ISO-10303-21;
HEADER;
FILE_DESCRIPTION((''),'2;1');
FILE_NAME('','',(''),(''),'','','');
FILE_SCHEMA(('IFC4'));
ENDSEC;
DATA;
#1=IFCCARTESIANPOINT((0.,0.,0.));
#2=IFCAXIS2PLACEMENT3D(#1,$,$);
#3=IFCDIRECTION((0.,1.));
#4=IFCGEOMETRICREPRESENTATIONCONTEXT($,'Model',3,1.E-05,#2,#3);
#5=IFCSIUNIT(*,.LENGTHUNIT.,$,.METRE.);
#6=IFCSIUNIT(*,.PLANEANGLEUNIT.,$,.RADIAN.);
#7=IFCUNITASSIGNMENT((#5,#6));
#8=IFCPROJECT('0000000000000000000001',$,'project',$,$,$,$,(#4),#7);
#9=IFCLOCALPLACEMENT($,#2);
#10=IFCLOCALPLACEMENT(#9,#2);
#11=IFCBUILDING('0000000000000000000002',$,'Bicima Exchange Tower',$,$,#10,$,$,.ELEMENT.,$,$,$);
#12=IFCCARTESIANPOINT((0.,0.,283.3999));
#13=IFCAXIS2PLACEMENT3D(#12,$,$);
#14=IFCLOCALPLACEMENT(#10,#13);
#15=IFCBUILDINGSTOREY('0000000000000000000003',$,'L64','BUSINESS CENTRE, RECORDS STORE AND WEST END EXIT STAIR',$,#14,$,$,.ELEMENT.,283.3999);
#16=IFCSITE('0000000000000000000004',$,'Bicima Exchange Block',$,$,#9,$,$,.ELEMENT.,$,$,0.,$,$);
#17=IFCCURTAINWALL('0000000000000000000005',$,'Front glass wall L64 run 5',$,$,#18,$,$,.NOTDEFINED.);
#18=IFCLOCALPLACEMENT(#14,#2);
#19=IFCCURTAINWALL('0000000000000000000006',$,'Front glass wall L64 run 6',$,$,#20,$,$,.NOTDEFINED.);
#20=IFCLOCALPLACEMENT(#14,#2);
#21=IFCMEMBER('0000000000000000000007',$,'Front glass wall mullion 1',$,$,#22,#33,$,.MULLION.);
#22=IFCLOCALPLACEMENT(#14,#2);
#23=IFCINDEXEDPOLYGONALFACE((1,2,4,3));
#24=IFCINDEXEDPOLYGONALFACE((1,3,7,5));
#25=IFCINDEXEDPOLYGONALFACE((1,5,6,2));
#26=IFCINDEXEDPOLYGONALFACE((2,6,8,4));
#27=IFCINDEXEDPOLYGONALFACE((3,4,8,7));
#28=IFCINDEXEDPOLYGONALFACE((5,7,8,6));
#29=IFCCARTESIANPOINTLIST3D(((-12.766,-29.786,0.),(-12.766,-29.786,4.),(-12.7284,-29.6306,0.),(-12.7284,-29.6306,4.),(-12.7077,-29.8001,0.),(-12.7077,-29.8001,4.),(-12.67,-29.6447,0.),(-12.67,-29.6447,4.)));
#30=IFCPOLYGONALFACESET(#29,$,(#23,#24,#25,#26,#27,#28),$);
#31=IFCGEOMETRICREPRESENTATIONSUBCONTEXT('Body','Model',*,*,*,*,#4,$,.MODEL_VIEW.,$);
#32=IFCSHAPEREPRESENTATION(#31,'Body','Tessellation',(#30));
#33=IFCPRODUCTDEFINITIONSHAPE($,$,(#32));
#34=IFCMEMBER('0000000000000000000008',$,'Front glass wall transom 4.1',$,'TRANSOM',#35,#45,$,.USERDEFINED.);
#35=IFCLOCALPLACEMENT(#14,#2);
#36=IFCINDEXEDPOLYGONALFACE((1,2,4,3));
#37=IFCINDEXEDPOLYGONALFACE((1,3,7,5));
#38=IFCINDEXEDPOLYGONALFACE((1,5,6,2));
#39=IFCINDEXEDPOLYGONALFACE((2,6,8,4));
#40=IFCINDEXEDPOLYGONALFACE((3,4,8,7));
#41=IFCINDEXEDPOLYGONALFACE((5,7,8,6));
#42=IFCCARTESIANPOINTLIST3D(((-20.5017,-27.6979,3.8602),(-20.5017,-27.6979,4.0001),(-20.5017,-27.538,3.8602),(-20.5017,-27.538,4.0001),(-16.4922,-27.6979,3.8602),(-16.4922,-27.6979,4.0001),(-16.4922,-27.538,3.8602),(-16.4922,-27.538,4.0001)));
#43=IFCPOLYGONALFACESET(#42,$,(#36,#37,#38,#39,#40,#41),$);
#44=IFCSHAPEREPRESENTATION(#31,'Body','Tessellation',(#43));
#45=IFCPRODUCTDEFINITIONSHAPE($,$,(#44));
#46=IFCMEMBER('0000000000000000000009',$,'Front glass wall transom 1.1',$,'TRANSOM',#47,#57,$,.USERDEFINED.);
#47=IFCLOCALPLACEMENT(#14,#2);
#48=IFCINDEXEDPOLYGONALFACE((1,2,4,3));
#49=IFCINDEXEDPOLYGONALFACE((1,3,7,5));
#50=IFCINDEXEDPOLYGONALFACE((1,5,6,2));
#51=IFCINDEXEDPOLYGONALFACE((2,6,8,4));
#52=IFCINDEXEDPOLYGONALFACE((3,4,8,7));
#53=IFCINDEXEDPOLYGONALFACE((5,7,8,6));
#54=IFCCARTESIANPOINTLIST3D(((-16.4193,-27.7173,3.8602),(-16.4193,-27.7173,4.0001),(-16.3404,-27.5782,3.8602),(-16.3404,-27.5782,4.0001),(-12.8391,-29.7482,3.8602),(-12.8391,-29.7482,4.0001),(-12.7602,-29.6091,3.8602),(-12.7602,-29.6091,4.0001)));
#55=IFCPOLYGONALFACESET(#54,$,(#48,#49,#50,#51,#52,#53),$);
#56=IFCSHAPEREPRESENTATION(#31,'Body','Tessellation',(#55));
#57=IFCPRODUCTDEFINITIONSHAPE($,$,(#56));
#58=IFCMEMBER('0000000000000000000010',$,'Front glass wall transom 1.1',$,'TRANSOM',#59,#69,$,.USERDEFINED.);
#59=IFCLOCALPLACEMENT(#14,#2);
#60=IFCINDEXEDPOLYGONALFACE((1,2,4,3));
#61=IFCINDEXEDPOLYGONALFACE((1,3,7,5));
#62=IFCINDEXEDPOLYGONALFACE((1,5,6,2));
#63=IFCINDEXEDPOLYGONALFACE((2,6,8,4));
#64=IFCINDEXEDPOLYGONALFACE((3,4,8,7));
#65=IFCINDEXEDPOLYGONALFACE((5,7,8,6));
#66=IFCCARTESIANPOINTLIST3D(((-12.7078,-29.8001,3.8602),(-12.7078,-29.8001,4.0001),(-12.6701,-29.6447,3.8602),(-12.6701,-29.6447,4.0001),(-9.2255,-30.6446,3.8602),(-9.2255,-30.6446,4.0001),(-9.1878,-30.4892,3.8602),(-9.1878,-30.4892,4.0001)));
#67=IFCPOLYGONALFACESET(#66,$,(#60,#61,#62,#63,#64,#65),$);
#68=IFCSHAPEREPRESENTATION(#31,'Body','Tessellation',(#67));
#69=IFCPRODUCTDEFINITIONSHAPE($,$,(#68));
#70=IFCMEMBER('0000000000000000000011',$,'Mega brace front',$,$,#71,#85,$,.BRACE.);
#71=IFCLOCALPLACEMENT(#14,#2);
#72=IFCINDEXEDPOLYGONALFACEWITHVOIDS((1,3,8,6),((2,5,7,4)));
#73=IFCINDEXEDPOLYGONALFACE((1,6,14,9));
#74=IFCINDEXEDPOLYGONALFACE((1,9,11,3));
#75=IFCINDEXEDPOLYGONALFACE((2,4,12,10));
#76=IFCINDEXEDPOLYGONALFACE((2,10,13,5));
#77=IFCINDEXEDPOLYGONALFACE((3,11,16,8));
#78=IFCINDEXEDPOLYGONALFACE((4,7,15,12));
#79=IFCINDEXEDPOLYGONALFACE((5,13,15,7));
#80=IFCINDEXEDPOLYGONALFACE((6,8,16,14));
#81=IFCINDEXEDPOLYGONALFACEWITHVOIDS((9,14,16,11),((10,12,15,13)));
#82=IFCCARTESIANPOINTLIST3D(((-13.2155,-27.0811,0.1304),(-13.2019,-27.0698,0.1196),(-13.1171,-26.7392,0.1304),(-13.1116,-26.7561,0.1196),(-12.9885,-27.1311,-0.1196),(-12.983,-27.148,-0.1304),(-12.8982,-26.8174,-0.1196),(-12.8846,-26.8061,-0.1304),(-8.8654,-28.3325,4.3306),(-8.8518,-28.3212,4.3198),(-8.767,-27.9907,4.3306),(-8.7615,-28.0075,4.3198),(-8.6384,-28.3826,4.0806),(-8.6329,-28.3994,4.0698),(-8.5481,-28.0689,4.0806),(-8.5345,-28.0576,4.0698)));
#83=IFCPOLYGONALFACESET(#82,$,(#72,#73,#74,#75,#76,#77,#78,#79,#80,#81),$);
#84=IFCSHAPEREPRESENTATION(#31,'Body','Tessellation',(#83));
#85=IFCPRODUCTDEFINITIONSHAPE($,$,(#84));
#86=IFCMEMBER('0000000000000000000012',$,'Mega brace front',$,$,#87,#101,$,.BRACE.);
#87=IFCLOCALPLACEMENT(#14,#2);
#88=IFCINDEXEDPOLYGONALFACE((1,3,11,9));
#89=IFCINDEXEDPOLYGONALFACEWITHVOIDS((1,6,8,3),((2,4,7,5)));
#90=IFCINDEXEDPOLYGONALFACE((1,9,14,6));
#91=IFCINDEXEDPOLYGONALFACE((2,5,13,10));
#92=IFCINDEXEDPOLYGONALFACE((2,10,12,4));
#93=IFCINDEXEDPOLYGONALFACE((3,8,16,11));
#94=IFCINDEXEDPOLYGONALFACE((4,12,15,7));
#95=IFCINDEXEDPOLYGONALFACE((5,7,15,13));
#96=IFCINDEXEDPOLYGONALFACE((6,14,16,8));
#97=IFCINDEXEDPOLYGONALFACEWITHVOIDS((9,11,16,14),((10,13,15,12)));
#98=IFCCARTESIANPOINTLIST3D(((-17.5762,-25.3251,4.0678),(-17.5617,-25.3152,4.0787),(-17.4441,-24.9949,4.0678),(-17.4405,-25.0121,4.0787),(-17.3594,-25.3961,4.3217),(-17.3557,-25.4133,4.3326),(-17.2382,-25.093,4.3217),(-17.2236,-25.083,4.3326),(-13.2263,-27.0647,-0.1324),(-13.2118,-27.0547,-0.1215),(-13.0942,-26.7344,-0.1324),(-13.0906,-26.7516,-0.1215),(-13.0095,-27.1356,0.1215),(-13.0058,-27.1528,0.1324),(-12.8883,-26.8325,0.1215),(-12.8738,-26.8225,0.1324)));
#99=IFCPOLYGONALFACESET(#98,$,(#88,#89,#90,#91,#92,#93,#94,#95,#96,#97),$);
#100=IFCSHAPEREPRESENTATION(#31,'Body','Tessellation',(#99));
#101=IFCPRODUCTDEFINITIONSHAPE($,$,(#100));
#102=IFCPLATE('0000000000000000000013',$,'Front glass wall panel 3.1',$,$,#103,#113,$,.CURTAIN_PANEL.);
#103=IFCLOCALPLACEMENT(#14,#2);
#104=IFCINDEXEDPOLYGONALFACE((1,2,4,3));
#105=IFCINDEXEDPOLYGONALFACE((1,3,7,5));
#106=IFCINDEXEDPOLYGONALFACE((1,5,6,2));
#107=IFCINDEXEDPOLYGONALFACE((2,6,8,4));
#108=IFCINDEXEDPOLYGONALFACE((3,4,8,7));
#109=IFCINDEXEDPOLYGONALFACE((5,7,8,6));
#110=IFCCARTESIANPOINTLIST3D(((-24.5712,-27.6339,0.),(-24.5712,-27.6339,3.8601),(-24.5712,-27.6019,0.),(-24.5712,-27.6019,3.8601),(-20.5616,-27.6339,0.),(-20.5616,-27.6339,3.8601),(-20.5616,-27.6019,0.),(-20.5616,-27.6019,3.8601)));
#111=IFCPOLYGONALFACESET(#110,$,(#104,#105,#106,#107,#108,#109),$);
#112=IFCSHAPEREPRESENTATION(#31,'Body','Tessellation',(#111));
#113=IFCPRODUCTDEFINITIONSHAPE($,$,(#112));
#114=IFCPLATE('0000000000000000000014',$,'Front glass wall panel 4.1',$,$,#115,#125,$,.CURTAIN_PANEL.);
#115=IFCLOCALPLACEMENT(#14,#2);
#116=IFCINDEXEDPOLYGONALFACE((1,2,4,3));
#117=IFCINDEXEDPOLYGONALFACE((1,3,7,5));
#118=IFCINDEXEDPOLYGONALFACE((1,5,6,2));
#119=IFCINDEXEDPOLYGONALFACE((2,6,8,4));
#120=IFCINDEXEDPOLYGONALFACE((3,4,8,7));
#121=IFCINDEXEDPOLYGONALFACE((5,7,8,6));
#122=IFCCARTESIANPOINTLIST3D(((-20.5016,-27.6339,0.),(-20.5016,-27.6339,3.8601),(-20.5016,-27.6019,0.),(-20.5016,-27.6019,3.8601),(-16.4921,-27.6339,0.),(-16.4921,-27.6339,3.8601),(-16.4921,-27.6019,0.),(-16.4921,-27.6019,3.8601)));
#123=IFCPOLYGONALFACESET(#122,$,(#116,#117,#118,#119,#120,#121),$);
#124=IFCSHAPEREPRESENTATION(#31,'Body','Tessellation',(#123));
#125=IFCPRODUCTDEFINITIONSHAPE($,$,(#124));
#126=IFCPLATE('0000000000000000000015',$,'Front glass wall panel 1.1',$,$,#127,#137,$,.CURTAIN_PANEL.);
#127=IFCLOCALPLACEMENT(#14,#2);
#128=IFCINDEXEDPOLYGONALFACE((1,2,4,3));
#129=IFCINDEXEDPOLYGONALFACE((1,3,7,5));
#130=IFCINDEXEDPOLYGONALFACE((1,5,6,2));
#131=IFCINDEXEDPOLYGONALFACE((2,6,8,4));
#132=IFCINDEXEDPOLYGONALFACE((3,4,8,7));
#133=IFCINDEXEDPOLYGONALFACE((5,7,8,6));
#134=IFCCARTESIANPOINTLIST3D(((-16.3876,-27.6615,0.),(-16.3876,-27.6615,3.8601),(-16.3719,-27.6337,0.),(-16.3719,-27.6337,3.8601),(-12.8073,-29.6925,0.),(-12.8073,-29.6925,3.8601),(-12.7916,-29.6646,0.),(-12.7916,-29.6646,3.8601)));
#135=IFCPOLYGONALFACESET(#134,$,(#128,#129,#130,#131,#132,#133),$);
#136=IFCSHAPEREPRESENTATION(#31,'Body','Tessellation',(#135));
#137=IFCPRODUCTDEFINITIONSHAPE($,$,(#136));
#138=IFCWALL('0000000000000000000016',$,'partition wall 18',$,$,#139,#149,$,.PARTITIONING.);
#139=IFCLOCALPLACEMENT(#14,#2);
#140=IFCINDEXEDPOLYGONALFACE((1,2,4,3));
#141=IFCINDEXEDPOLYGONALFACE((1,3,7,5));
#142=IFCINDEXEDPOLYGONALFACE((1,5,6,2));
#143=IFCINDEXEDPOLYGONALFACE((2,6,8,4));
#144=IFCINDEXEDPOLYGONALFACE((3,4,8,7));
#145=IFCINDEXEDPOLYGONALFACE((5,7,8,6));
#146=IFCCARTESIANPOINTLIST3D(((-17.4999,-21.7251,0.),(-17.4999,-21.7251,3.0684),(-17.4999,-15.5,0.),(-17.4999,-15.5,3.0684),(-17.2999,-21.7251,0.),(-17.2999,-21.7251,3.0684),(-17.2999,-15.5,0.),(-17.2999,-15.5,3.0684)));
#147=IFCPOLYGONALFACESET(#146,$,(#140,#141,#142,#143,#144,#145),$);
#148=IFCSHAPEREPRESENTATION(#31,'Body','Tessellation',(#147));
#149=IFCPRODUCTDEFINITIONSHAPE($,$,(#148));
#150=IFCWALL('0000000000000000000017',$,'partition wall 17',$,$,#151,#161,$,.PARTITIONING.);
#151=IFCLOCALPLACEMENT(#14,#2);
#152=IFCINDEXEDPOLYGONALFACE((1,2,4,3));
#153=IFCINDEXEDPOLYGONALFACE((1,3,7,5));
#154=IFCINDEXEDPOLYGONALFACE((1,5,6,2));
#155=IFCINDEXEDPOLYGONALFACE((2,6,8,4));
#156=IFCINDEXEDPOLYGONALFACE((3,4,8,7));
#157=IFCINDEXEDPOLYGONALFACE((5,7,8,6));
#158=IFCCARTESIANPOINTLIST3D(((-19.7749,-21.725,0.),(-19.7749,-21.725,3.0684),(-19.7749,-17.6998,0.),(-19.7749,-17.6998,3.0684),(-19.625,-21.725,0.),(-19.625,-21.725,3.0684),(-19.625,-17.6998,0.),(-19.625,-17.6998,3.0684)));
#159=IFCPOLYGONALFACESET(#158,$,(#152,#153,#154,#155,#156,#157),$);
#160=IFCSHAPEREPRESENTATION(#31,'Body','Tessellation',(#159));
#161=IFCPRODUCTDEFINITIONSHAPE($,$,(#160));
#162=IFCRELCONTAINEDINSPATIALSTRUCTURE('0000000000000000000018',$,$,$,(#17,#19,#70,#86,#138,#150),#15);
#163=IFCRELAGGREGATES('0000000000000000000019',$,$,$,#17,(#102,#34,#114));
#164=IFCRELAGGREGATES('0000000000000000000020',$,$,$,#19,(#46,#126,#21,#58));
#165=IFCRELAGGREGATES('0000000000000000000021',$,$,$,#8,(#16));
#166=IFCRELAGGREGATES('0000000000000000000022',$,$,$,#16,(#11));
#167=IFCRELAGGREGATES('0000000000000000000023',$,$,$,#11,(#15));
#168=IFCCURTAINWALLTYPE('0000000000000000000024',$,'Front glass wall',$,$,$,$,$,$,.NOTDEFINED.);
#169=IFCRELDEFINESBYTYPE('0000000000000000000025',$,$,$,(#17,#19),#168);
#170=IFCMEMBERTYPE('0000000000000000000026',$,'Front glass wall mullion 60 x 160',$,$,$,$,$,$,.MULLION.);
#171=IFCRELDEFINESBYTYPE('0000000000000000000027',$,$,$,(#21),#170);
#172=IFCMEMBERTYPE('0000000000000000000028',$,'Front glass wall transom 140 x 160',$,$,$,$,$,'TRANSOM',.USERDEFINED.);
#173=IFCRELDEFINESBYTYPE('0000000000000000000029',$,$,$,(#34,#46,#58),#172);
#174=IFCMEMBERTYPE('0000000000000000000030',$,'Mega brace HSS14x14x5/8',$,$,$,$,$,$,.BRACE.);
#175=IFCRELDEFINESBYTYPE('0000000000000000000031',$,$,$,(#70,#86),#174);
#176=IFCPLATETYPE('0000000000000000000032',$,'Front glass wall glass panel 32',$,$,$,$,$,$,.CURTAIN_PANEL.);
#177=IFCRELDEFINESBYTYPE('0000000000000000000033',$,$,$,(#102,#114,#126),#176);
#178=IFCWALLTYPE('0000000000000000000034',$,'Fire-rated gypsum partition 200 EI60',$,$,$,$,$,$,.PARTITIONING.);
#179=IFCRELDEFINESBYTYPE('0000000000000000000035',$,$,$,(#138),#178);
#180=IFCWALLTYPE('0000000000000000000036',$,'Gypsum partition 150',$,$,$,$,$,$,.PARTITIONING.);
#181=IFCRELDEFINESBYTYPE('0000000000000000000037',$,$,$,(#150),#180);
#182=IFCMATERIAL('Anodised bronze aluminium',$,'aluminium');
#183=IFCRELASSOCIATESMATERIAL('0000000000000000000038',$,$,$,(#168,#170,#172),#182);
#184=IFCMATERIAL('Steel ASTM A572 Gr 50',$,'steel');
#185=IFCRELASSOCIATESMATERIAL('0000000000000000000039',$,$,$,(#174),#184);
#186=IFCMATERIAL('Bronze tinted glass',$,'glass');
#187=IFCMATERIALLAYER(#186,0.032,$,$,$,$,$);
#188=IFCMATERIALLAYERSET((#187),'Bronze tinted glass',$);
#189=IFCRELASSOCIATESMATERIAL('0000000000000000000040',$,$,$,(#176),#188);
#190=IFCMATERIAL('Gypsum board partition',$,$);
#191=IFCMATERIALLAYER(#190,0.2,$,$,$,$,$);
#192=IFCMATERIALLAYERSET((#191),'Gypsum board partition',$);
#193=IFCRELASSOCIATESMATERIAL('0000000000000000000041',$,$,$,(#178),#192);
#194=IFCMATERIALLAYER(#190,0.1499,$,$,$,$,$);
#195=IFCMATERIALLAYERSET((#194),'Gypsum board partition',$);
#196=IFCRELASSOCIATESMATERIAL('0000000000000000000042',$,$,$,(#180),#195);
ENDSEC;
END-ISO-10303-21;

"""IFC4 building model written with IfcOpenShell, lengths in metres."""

from ifc_helpers import new_model, si_unit, direction, frame, frame_2d, origin, origin_2d, place, context, subcontext, project, spatial, rectangle, hollow_rectangle, extrude, material, layer, layer_set, material_profile, profile_set, type_object, element, aggregate, save


model = new_model("IFC4")

# Units and contexts
model_context = context("Model", 3, precision=1e-05, world=origin(), true_north=direction((0.0, 1.0)))
body_context = subcontext(model_context, "Body", "Model", "MODEL_VIEW")
ifc_project = project(units=[si_unit("LENGTHUNIT", "METRE"), si_unit("PLANEANGLEUNIT", "RADIAN")], contexts=[model_context])

# Site, building, storey
site_placement = place(None, origin())
site = spatial("IfcSite", under=ifc_project, at=site_placement, Name="Bicima Exchange Block", CompositionType="ELEMENT", RefElevation=0.0)
building_placement = place(site_placement, origin())
building = spatial("IfcBuilding", under=site, at=building_placement, Name="Bicima Exchange Tower", CompositionType="ELEMENT")
storey_placement = place(building_placement, frame((0.0, 0.0, 283.3999)))
storey = spatial("IfcBuildingStorey", under=building, at=storey_placement, Name="L64", Description="BUSINESS CENTRE, RECORDS STORE AND WEST END EXIT STAIR", CompositionType="ELEMENT", Elevation=283.3999)

# Curtain walls, member
ifc_material_1 = material(Name="Anodised bronze aluminium", Category="aluminium")
curtain_wall_type = type_object("IfcCurtainWallType", Name="Front glass wall", PredefinedType="NOTDEFINED", material=ifc_material_1)
curtain_wall_1_placement = place(storey_placement, origin())
curtain_wall_1 = element("IfcCurtainWall", 1, at=curtain_wall_1_placement, inside=storey, type_object=curtain_wall_type, Name="Front glass wall L64 run 5", PredefinedType="NOTDEFINED")
ifc_material_profile_1 = material_profile(ifc_material_1, rectangle(XDim=0.1599, YDim=0.0601, at=origin_2d()))
ifc_profile_set_1 = profile_set([ifc_material_profile_1], Name="Anodised bronze aluminium")
member_type_1 = type_object("IfcMemberType", Name="Front glass wall mullion 60 x 160", PredefinedType="MULLION", material=ifc_profile_set_1)
curtain_wall_2_placement = place(storey_placement, origin())
curtain_wall_2 = element("IfcCurtainWall", 2, at=curtain_wall_2_placement, inside=storey, type_object=curtain_wall_type, Name="Front glass wall L64 run 6", PredefinedType="NOTDEFINED")
member_1_placement = place(storey_placement, frame((-12.718, -29.7153, 0.0), z_axis=(0.0, 0.0, 1.0), x_axis=(0.235682, 0.97183, 0.0)))
member_1 = element("IfcMember", 3, at=member_1_placement, type_object=member_type_1, Name="Front glass wall mullion 1", PredefinedType="MULLION", context=body_context, shape_type="SweptSolid", body=[
    extrude(rectangle(XDim=0.1599, YDim=0.0601, at=origin_2d()), origin(), (0.0, 0.0, 1.0), 4.0),
])

# Members
ifc_material_profile_2 = material_profile(ifc_material_1, rectangle(XDim=0.1599, YDim=0.1399, at=origin_2d()))
ifc_profile_set_2 = profile_set([ifc_material_profile_2], Name="Anodised bronze aluminium")
member_type_2 = type_object("IfcMemberType", Name="Front glass wall transom 140 x 160", ElementType="TRANSOM", PredefinedType="USERDEFINED", material=ifc_profile_set_2)
member_2_placement = place(storey_placement, frame((-20.5017, -27.6179, 3.9302), z_axis=(1.0, 0.0, 0.0), x_axis=(0.0, 1.0, 0.0)))
member_2 = element("IfcMember", 4, at=member_2_placement, type_object=member_type_2, Name="Front glass wall transom 4.1", ObjectType="TRANSOM", PredefinedType="USERDEFINED", context=body_context, shape_type="SweptSolid", body=[
    extrude(rectangle(XDim=0.1599, YDim=0.1399, at=origin_2d()), origin(), (0.0, 0.0, 1.0), 4.0095),
])
member_3_placement = place(storey_placement, frame((-16.3799, -27.6477, 3.9302), z_axis=(0.869797, -0.493409, 0.0), x_axis=(0.493409, 0.869797, 0.0)))
member_3 = element("IfcMember", 5, at=member_3_placement, type_object=member_type_2, Name="Front glass wall transom 1.1", ObjectType="TRANSOM", PredefinedType="USERDEFINED", context=body_context, shape_type="SweptSolid", body=[
    extrude(rectangle(XDim=0.1599, YDim=0.1399, at=origin_2d()), origin(), (0.0, 0.0, 1.0), 4.1162),
])
member_4_placement = place(storey_placement, frame((-12.689, -29.7224, 3.9302), z_axis=(0.971834, -0.235668, 0.0), x_axis=(0.235668, 0.971834, 0.0)))
member_4 = element("IfcMember", 6, at=member_4_placement, type_object=member_type_2, Name="Front glass wall transom 1.1", ObjectType="TRANSOM", PredefinedType="USERDEFINED", context=body_context, shape_type="SweptSolid", body=[
    extrude(rectangle(XDim=0.1599, YDim=0.1399, at=origin_2d()), origin(), (0.0, 0.0, 1.0), 3.5833),
])

# Members
ifc_material_2 = material(Name="Steel ASTM A572 Gr 50", Category="steel")
ifc_material_profile_3 = material_profile(ifc_material_2, hollow_rectangle(XDim=0.3557, YDim=0.3557, WallThickness=0.0146, at=origin_2d()))
ifc_profile_set_3 = profile_set([ifc_material_profile_3], Name="Steel ASTM A572 Gr 50")
member_type_3 = type_object("IfcMemberType", Name="Mega brace HSS14x14x5/8", PredefinedType="BRACE", material=ifc_profile_set_3)
member_5_placement = place(storey_placement, frame((-13.05, -26.9436, 0.0), z_axis=(0.704464, -0.202665, 0.680189), x_axis=(0.276473, 0.961022, 0.0)))
element("IfcMember", 7, at=member_5_placement, inside=storey, type_object=member_type_3, Name="Mega brace front", PredefinedType="BRACE", context=body_context, shape_type="SweptSolid", body=[
    extrude(hollow_rectangle(XDim=0.3557, YDim=0.3557, WallThickness=0.0146, at=origin_2d()), origin(), (0.0, 0.0, 1.0), 6.175),
])
member_6_placement = place(storey_placement, frame((-13.05, -26.9436, 0.0), z_axis=(-0.691335, 0.276464, 0.66755), x_axis=(-0.37131, -0.928509, 0.0)))
element("IfcMember", 8, at=member_6_placement, inside=storey, type_object=member_type_3, Name="Mega brace front", PredefinedType="BRACE", context=body_context, shape_type="SweptSolid", body=[
    extrude(hollow_rectangle(XDim=0.3557, YDim=0.3557, WallThickness=0.0146, at=origin_2d()), origin(), (0.0, 0.0, 1.0), 6.292),
])

# Plates
ifc_material_3 = material(Name="Bronze tinted glass", Category="glass")
ifc_layer_1 = layer(ifc_material_3, 0.032)
ifc_layer_set_1 = layer_set([ifc_layer_1], Name="Bronze tinted glass")
plate_type = type_object("IfcPlateType", Name="Front glass wall glass panel 32", PredefinedType="CURTAIN_PANEL", material=ifc_layer_set_1)
plate_1_placement = place(storey_placement, frame((-22.5664, -27.6179, 0.0), z_axis=(0.0, 0.0, 1.0), x_axis=(1.0, 0.0, 0.0)))
plate_1 = element("IfcPlate", 9, at=plate_1_placement, type_object=plate_type, Name="Front glass wall panel 3.1", PredefinedType="CURTAIN_PANEL", context=body_context, shape_type="SweptSolid", body=[
    extrude(rectangle(XDim=4.0095, YDim=0.032, at=origin_2d()), origin(), (0.0, 0.0, 1.0), 3.8601),
])
plate_2_placement = place(storey_placement, frame((-18.4968, -27.6179, 0.0), z_axis=(0.0, 0.0, 1.0), x_axis=(1.0, 0.0, 0.0)))
plate_2 = element("IfcPlate", 10, at=plate_2_placement, type_object=plate_type, Name="Front glass wall panel 4.1", PredefinedType="CURTAIN_PANEL", context=body_context, shape_type="SweptSolid", body=[
    extrude(rectangle(XDim=4.0095, YDim=0.032, at=origin_2d()), origin(), (0.0, 0.0, 1.0), 3.8601),
])
aggregate(curtain_wall_1, [plate_1, member_2, plate_2])
plate_3_placement = place(storey_placement, frame((-14.5896, -28.6631, 0.0), z_axis=(0.0, 0.0, 1.0), x_axis=(0.869805, -0.493395, 0.0)))
plate_3 = element("IfcPlate", 11, at=plate_3_placement, type_object=plate_type, Name="Front glass wall panel 1.1", PredefinedType="CURTAIN_PANEL", context=body_context, shape_type="SweptSolid", body=[
    extrude(rectangle(XDim=4.1162, YDim=0.032, at=origin_2d()), origin(), (0.0, 0.0, 1.0), 3.8601),
])
aggregate(curtain_wall_2, [member_3, plate_3, member_1, member_4])

# Walls
ifc_material_4 = material(Name="Gypsum board partition")
ifc_layer_2 = layer(ifc_material_4, 0.2)
ifc_layer_set_2 = layer_set([ifc_layer_2], Name="Gypsum board partition")
wall_type_1 = type_object("IfcWallType", Name="Fire-rated gypsum partition 200 EI60", PredefinedType="PARTITIONING", material=ifc_layer_set_2)
wall_1_placement = place(storey_placement, frame((-17.3999, -21.7251, 0.0), z_axis=(0.0, 0.0, 1.0), x_axis=(0.0, 1.0, 0.0)))
element("IfcWall", 12, at=wall_1_placement, inside=storey, type_object=wall_type_1, Name="partition wall 18", PredefinedType="PARTITIONING", context=body_context, shape_type="SweptSolid", body=[
    extrude(rectangle(XDim=6.2251, YDim=0.2, at=frame_2d((3.1125, 0.0))), origin(), (0.0, 0.0, 1.0), 3.0684),
])
ifc_layer_3 = layer(ifc_material_4, 0.1499)
ifc_layer_set_3 = layer_set([ifc_layer_3], Name="Gypsum board partition")
wall_type_2 = type_object("IfcWallType", Name="Gypsum partition 150", PredefinedType="PARTITIONING", material=ifc_layer_set_3)
wall_2_placement = place(storey_placement, frame((-19.7, -21.7251, 0.0), z_axis=(0.0, 0.0, 1.0), x_axis=(0.0, 1.0, 0.0)))
element("IfcWall", 13, at=wall_2_placement, inside=storey, type_object=wall_type_2, Name="partition wall 17", PredefinedType="PARTITIONING", context=body_context, shape_type="SweptSolid", body=[
    extrude(rectangle(XDim=4.0251, YDim=0.1499, at=frame_2d((2.0127, 0.0))), origin(), (0.0, 0.0, 1.0), 3.0684),
])

save(model, "model.ifc")
